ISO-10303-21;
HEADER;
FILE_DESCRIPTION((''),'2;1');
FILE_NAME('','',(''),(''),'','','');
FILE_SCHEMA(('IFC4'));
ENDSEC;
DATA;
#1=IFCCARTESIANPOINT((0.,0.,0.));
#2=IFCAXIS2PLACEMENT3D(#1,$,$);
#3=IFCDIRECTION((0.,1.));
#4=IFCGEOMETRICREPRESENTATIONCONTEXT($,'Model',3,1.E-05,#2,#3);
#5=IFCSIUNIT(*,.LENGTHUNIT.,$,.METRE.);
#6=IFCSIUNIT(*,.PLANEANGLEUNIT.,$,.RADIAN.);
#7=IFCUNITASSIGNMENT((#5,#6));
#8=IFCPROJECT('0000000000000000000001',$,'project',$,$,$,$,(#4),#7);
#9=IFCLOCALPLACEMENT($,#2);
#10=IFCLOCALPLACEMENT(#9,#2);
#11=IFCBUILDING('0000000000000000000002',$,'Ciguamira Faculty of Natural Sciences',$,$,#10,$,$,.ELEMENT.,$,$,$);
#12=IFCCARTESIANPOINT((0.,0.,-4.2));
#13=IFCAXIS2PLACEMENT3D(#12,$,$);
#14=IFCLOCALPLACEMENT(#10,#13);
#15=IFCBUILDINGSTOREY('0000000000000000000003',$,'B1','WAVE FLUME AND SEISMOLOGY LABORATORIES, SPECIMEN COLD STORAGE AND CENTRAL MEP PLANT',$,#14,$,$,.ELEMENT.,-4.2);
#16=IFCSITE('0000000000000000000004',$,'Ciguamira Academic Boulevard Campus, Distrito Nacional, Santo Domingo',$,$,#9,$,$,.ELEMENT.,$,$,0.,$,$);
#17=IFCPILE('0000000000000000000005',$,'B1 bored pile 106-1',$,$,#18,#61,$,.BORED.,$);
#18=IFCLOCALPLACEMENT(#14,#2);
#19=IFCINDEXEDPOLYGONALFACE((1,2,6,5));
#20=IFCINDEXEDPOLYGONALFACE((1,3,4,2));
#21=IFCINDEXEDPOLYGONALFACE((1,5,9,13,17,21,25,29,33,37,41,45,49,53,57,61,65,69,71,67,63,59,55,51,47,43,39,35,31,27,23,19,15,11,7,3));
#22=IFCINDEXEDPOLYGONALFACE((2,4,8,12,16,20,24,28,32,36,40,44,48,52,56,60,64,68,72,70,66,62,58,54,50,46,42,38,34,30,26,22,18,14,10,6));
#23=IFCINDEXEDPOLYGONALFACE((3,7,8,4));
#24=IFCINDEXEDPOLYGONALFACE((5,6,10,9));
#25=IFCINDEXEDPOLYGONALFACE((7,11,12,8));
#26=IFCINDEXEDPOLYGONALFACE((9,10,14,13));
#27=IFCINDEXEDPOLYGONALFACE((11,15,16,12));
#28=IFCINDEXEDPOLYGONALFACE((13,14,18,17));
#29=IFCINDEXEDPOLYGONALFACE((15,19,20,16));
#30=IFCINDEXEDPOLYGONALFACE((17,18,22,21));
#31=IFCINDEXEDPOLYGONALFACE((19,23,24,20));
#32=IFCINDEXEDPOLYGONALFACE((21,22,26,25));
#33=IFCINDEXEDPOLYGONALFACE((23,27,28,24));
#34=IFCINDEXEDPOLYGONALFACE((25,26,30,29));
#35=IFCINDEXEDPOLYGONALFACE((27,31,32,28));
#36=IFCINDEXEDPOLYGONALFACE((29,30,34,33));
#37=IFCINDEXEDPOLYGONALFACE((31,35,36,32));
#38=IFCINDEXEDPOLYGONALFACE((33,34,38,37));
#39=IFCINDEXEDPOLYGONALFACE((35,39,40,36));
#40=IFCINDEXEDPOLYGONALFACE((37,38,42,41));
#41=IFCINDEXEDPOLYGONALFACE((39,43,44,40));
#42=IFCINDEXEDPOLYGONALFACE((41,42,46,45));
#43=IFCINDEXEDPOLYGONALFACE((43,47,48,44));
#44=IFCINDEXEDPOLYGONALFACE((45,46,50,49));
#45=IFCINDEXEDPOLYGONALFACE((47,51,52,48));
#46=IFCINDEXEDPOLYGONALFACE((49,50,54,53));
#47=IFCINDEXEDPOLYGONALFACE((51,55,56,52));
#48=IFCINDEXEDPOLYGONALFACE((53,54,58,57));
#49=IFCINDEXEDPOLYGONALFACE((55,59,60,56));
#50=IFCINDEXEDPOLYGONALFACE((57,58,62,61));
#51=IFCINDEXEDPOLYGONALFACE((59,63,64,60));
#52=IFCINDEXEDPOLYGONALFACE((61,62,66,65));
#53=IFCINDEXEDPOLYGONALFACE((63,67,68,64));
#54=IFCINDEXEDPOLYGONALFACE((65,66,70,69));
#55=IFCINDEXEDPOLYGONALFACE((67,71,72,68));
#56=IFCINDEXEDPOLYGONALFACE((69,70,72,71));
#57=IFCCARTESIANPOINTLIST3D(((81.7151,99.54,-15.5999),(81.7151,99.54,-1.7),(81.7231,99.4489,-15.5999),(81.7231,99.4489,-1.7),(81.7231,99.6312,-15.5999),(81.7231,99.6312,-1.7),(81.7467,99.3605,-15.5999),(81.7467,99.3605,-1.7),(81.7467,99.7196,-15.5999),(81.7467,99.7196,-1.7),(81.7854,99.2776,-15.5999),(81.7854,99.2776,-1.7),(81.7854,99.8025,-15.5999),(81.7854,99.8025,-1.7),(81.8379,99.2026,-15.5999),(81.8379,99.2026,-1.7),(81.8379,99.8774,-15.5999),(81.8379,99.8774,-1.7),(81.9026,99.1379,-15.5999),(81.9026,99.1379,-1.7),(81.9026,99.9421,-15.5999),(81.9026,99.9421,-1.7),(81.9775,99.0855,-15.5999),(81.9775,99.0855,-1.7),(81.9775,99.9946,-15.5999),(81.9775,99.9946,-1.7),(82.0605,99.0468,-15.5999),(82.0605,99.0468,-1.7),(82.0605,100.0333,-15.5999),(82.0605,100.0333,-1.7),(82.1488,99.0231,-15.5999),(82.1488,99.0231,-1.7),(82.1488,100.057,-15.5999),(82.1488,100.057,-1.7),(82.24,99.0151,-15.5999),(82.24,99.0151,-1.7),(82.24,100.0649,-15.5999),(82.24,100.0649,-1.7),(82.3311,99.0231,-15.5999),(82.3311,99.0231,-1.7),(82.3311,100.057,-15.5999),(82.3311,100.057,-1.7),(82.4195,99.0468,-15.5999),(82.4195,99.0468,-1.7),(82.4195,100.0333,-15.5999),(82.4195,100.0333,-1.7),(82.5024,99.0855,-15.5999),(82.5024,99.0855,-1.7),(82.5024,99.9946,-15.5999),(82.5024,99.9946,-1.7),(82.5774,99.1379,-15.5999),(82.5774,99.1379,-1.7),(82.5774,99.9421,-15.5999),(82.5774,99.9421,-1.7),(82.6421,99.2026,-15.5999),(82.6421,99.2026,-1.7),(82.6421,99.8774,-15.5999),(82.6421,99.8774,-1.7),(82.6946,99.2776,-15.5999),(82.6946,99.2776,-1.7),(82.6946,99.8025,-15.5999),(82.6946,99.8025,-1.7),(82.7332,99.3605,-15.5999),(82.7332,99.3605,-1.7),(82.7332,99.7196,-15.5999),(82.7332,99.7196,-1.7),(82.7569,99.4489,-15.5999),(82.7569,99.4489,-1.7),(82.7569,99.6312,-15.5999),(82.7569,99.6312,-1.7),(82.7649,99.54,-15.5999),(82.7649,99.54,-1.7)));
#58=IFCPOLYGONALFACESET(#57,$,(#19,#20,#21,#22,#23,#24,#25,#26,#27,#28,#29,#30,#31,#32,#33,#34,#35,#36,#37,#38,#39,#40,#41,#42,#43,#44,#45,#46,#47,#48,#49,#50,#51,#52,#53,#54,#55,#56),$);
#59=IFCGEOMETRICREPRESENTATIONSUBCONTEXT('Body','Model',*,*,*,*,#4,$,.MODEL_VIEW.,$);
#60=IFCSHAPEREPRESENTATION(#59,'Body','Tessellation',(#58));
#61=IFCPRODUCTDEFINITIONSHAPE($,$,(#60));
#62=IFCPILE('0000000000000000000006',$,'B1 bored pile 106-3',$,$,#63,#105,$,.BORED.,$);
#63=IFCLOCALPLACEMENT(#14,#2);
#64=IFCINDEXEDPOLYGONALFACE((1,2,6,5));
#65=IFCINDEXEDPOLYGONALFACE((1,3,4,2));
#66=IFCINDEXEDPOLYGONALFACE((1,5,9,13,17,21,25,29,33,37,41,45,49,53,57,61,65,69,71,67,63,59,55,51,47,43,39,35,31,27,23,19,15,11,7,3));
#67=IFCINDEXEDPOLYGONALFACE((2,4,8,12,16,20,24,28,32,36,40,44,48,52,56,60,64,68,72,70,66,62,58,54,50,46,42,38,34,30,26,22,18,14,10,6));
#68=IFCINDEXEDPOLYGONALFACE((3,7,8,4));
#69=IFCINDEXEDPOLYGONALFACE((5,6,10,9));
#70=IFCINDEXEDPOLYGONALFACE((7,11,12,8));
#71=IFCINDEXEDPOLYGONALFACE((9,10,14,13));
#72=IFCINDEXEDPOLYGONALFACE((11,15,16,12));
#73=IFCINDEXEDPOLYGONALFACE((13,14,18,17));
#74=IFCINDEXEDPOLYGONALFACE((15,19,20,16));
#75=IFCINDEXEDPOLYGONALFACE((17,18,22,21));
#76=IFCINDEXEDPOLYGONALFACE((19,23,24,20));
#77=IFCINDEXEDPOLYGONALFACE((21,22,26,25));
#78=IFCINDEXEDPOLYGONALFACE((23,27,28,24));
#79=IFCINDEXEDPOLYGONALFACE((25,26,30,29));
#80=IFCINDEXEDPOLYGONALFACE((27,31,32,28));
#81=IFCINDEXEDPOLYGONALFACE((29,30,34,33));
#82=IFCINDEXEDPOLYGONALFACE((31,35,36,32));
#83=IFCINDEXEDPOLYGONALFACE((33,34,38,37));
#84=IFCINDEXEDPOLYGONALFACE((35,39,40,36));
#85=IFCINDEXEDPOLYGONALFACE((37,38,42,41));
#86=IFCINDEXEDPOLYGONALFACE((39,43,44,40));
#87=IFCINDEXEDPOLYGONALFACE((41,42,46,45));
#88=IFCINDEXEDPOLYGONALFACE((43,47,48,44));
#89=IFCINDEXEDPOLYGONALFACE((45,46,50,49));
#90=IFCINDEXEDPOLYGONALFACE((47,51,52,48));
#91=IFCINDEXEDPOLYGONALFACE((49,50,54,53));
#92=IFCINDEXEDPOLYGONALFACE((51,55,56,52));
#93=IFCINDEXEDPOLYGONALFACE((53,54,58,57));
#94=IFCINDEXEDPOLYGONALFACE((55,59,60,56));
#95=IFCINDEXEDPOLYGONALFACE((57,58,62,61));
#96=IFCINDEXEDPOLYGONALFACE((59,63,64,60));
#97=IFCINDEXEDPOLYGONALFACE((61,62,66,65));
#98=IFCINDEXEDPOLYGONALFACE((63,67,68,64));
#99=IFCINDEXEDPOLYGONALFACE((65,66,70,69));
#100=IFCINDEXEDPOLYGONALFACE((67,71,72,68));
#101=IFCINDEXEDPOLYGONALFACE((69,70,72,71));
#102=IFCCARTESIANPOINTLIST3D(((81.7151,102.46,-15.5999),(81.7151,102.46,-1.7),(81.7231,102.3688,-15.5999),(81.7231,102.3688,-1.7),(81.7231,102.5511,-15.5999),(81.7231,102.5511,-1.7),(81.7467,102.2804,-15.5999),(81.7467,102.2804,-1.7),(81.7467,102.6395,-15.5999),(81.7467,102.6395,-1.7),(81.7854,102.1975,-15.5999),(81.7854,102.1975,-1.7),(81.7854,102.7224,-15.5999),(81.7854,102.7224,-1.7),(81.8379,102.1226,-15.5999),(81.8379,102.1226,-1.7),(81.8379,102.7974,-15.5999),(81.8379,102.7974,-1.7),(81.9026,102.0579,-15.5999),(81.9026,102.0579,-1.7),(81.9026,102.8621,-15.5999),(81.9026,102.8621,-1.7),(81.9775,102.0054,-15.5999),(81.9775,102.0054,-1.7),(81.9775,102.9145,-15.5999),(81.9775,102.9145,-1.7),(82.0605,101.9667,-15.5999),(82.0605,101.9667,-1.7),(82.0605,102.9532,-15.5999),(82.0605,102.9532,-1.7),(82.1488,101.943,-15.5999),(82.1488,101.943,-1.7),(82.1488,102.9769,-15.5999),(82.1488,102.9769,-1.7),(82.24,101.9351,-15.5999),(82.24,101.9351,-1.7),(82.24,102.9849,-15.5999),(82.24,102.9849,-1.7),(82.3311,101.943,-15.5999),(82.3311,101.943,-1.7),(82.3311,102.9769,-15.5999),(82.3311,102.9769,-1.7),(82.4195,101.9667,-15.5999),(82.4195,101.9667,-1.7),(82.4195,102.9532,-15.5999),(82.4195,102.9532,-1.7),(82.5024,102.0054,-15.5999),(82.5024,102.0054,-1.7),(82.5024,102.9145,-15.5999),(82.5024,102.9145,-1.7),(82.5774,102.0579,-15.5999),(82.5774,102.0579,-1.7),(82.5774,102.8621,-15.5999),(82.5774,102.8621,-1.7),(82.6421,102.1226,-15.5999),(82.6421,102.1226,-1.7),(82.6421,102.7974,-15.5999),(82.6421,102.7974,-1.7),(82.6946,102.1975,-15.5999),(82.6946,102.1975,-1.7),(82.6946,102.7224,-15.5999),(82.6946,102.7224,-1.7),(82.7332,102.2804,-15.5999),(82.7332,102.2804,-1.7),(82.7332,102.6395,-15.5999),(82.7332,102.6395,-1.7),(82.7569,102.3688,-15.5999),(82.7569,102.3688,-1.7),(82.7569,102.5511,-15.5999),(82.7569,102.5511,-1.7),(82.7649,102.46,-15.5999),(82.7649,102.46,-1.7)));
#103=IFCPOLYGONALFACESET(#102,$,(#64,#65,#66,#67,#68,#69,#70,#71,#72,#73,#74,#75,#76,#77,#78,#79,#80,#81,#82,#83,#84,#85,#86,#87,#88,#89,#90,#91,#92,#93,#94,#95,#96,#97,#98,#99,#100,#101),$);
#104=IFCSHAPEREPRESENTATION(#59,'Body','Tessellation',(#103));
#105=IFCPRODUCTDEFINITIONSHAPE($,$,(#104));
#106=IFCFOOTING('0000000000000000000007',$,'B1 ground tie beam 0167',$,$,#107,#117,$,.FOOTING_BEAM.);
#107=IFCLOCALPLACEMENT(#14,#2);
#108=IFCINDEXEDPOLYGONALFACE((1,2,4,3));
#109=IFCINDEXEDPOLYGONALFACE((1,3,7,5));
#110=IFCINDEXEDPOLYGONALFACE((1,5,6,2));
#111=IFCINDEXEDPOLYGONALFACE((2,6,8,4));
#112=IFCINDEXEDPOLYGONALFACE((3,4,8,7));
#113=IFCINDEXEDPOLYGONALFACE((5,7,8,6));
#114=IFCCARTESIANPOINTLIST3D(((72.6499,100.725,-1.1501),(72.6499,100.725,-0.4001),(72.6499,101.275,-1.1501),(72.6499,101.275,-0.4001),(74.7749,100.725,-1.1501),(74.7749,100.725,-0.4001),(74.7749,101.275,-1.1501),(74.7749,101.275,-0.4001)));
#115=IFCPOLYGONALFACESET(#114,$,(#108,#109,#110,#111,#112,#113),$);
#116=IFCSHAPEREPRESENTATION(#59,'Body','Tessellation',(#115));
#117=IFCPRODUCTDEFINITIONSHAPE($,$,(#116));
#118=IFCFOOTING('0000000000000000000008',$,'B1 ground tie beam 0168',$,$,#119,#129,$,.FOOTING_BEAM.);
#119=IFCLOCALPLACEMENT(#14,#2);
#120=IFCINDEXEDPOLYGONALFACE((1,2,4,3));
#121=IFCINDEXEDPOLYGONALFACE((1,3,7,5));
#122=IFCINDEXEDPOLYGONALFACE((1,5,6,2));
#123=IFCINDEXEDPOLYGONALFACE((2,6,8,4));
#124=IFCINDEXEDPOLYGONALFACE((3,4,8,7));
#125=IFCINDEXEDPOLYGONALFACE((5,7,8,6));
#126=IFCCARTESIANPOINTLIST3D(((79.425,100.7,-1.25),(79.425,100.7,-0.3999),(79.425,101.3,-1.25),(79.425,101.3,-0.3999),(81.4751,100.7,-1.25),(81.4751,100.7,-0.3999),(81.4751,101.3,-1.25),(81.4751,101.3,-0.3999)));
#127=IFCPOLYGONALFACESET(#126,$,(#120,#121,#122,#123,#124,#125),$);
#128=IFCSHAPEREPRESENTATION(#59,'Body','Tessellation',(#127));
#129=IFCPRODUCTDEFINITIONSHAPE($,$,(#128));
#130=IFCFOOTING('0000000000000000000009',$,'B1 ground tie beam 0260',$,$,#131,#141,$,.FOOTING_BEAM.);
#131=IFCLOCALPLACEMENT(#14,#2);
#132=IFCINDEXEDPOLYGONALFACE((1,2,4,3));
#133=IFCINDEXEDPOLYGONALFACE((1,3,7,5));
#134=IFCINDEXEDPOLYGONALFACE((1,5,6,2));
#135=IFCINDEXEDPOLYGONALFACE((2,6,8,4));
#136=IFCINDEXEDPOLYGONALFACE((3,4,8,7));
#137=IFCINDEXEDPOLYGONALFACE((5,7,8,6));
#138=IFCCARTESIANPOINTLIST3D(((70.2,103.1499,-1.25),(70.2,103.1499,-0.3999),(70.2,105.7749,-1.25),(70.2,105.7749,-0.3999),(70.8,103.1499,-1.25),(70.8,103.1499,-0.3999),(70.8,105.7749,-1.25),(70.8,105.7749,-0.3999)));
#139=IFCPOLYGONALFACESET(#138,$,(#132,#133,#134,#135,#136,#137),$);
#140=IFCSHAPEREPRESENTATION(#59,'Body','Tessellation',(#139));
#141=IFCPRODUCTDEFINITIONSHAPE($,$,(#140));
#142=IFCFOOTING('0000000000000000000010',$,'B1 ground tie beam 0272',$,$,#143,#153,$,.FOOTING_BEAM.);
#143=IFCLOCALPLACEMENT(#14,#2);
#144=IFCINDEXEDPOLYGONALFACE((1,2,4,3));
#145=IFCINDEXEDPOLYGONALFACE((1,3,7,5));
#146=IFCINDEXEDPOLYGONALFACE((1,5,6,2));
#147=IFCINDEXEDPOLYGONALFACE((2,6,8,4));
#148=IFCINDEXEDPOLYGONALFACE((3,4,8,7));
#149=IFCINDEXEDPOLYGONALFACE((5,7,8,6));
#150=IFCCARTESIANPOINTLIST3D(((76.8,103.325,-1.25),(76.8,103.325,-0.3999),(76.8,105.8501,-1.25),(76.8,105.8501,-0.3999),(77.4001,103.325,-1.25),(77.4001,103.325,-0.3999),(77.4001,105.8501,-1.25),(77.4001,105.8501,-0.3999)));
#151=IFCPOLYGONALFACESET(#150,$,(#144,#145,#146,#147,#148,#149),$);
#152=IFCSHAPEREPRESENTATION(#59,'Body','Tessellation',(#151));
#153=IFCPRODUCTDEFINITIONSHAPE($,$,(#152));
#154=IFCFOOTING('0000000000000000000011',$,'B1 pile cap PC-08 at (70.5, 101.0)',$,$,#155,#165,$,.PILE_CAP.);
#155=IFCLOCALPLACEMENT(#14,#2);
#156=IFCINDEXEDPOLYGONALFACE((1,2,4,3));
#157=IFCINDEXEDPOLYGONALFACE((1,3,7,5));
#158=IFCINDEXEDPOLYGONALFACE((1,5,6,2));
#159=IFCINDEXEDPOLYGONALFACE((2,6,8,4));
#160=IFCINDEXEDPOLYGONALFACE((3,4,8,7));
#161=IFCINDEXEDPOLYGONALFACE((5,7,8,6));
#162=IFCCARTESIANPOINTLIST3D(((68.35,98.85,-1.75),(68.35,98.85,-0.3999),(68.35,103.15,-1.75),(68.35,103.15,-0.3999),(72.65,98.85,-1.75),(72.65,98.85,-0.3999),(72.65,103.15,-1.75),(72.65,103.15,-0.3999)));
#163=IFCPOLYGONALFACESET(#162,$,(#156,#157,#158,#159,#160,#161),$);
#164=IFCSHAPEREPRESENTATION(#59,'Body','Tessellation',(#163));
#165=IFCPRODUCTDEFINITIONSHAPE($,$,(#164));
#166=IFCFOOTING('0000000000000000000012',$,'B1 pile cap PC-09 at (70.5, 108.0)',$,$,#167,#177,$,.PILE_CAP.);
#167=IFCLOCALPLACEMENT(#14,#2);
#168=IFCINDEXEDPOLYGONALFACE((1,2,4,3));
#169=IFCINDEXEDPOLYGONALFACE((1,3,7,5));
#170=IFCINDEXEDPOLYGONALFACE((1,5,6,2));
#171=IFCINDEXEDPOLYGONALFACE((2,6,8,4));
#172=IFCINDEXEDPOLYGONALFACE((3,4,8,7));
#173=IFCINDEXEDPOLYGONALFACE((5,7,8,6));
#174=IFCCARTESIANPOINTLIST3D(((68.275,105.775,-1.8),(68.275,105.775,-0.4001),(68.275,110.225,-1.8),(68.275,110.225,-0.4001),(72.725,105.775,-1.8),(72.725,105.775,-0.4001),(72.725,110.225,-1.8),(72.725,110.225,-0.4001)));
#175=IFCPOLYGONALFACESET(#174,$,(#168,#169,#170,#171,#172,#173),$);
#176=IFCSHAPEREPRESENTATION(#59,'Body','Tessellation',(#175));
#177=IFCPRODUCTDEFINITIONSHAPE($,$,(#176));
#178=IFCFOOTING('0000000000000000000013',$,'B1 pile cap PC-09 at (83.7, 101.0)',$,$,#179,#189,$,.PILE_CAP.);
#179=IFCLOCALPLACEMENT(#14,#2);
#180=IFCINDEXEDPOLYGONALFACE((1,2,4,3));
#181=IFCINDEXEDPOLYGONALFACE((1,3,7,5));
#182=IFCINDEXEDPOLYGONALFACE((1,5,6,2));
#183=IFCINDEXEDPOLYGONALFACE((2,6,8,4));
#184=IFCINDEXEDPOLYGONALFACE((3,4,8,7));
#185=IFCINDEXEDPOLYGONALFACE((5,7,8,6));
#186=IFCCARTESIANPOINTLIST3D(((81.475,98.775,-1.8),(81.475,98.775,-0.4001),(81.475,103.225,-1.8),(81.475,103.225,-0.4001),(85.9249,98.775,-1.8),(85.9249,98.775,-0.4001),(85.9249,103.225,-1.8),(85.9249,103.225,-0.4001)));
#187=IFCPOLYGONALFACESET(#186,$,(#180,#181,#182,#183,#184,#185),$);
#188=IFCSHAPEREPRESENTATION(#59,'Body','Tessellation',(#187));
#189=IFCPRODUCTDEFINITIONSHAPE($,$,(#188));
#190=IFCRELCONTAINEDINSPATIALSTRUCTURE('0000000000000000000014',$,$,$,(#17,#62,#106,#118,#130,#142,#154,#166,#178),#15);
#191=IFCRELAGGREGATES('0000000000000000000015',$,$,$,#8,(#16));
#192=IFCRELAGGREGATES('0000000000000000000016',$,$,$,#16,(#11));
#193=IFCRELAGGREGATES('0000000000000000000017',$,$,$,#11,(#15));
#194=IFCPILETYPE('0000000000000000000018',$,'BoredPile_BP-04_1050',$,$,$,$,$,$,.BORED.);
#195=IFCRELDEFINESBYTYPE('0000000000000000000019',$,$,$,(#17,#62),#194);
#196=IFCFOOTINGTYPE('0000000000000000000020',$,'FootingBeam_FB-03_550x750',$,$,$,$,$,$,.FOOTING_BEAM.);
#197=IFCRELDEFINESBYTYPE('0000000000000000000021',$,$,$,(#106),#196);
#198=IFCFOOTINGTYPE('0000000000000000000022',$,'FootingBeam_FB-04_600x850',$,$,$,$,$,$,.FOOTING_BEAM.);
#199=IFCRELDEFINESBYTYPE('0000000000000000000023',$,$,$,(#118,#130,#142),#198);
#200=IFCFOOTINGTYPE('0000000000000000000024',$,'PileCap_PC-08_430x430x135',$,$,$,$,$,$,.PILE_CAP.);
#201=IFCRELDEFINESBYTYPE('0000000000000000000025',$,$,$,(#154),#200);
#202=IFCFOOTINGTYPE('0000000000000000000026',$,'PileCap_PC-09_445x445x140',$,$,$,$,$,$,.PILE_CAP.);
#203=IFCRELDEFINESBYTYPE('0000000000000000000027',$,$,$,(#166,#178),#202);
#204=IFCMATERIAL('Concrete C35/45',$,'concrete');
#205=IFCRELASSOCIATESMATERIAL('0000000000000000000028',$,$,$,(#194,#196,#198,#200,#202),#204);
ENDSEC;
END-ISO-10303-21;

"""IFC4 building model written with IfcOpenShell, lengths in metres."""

from ifc_helpers import new_model, si_unit, direction, frame, origin, origin_2d, place, context, subcontext, project, spatial, rectangle, circle, extrude, material, material_profile, profile_set, type_object, element, save


model = new_model("IFC4")

# Units and contexts
model_context = context("Model", 3, precision=1e-05, world=origin(), true_north=direction((0.0, 1.0)))
body_context = subcontext(model_context, "Body", "Model", "MODEL_VIEW")
ifc_project = project(units=[si_unit("LENGTHUNIT", "METRE"), si_unit("PLANEANGLEUNIT", "RADIAN")], contexts=[model_context])

# Site, building, storey
site_placement = place(None, origin())
site = spatial("IfcSite", under=ifc_project, at=site_placement, Name="Ciguamira Academic Boulevard Campus, Distrito Nacional, Santo Domingo", CompositionType="ELEMENT", RefElevation=0.0)
building_placement = place(site_placement, origin())
building = spatial("IfcBuilding", under=site, at=building_placement, Name="Ciguamira Faculty of Natural Sciences", CompositionType="ELEMENT")
storey_placement = place(building_placement, frame((0.0, 0.0, -4.2)))
storey = spatial("IfcBuildingStorey", under=building, at=storey_placement, Name="B1", Description="WAVE FLUME AND SEISMOLOGY LABORATORIES, SPECIMEN COLD STORAGE AND CENTRAL MEP PLANT", CompositionType="ELEMENT", Elevation=-4.2)

# Piles
ifc_material_1 = material(Name="Concrete C35/45", Category="concrete")
ifc_material_profile_1 = material_profile(ifc_material_1, circle(Radius=0.5249, at=origin_2d()), Name="PILE-BORED-1050")
ifc_profile_set_1 = profile_set([ifc_material_profile_1], Name="Concrete C35/45")
pile_type_1 = type_object("IfcPileType", Name="BoredPile_BP-04_1050", PredefinedType="BORED", material=ifc_profile_set_1)
for number, where, z_axis, x_axis, name in (
    (1, (82.24, 99.54, -1.7), (0.0, 0.0, -1.0), (1.0, 0.0, 0.0), "B1 bored pile 106-1"),
    (2, (82.24, 102.46, -1.7), (0.0, 0.0, -1.0), (1.0, 0.0, 0.0), "B1 bored pile 106-3"),
):
    element("IfcPile", number, at=place(storey_placement, frame(where, z_axis=z_axis, x_axis=x_axis)), inside=storey, type_object=pile_type_1, Name=name, PredefinedType="BORED", context=body_context, shape_type="SweptSolid", body=[
        extrude(circle(Radius=0.5249, at=origin_2d()), origin(), (0.0, 0.0, 1.0), 13.8999),
    ])

# Footings
ifc_material_profile_2 = material_profile(ifc_material_1, rectangle(XDim=0.55, YDim=0.75, at=origin_2d()), Name="RC-FB-550X750")
ifc_profile_set_2 = profile_set([ifc_material_profile_2], Name="Concrete C35/45")
footing_type_1 = type_object("IfcFootingType", Name="FootingBeam_FB-03_550x750", PredefinedType="FOOTING_BEAM", material=ifc_profile_set_2)
footing_1_placement = place(storey_placement, frame((72.6499, 101.0, -0.7751), z_axis=(1.0, 0.0, 0.0), x_axis=(0.0, 1.0, 0.0)))
element("IfcFooting", 3, at=footing_1_placement, inside=storey, type_object=footing_type_1, Name="B1 ground tie beam 0167", PredefinedType="FOOTING_BEAM", context=body_context, shape_type="SweptSolid", body=[
    extrude(rectangle(XDim=0.55, YDim=0.75, at=origin_2d()), origin(), (0.0, 0.0, 1.0), 2.125),
])
ifc_material_profile_3 = material_profile(ifc_material_1, rectangle(XDim=0.6001, YDim=0.8501, at=origin_2d()), Name="RC-FB-600X850")
ifc_profile_set_3 = profile_set([ifc_material_profile_3], Name="Concrete C35/45")
footing_type_2 = type_object("IfcFootingType", Name="FootingBeam_FB-04_600x850", PredefinedType="FOOTING_BEAM", material=ifc_profile_set_3)
footing_2_placement = place(storey_placement, frame((79.425, 101.0, -0.825), z_axis=(1.0, 0.0, 0.0), x_axis=(0.0, 1.0, 0.0)))
element("IfcFooting", 4, at=footing_2_placement, inside=storey, type_object=footing_type_2, Name="B1 ground tie beam 0168", PredefinedType="FOOTING_BEAM", context=body_context, shape_type="SweptSolid", body=[
    extrude(rectangle(XDim=0.6001, YDim=0.8501, at=origin_2d()), origin(), (0.0, 0.0, 1.0), 2.05),
])
footing_3_placement = place(storey_placement, frame((70.5, 103.1499, -0.825), z_axis=(0.0, 1.0, 0.0), x_axis=(-1.0, 0.0, 0.0)))
element("IfcFooting", 5, at=footing_3_placement, inside=storey, type_object=footing_type_2, Name="B1 ground tie beam 0260", PredefinedType="FOOTING_BEAM", context=body_context, shape_type="SweptSolid", body=[
    extrude(rectangle(XDim=0.6001, YDim=0.8501, at=origin_2d()), origin(), (0.0, 0.0, 1.0), 2.625),
])
footing_4_placement = place(storey_placement, frame((77.1001, 103.325, -0.825), z_axis=(0.0, 1.0, 0.0), x_axis=(-1.0, 0.0, 0.0)))
element("IfcFooting", 6, at=footing_4_placement, inside=storey, type_object=footing_type_2, Name="B1 ground tie beam 0272", PredefinedType="FOOTING_BEAM", context=body_context, shape_type="SweptSolid", body=[
    extrude(rectangle(XDim=0.6001, YDim=0.8501, at=origin_2d()), origin(), (0.0, 0.0, 1.0), 2.5251),
])
footing_type_3 = type_object("IfcFootingType", Name="PileCap_PC-08_430x430x135", PredefinedType="PILE_CAP", material=ifc_material_1)
footing_5_placement = place(storey_placement, frame((70.5, 101.0, -1.75), z_axis=(0.0, 0.0, 1.0), x_axis=(1.0, 0.0, 0.0)))
element("IfcFooting", 7, at=footing_5_placement, inside=storey, type_object=footing_type_3, Name="B1 pile cap PC-08 at (70.5, 101.0)", PredefinedType="PILE_CAP", context=body_context, shape_type="SweptSolid", body=[
    extrude(rectangle(XDim=4.3, YDim=4.3, at=origin_2d()), origin(), (0.0, 0.0, 1.0), 1.3501),
])
footing_type_4 = type_object("IfcFootingType", Name="PileCap_PC-09_445x445x140", PredefinedType="PILE_CAP", material=ifc_material_1)
for number, where, z_axis, x_axis, name in (
    (8, (70.5, 108.0, -1.8), (0.0, 0.0, 1.0), (1.0, 0.0, 0.0), "B1 pile cap PC-09 at (70.5, 108.0)"),
    (9, (83.7, 101.0, -1.8), (0.0, 0.0, 1.0), (1.0, 0.0, 0.0), "B1 pile cap PC-09 at (83.7, 101.0)"),
):
    element("IfcFooting", number, at=place(storey_placement, frame(where, z_axis=z_axis, x_axis=x_axis)), inside=storey, type_object=footing_type_4, Name=name, PredefinedType="PILE_CAP", context=body_context, shape_type="SweptSolid", body=[
        extrude(rectangle(XDim=4.45, YDim=4.45, at=origin_2d()), origin(), (0.0, 0.0, 1.0), 1.3999),
    ])

save(model, "model.ifc")
